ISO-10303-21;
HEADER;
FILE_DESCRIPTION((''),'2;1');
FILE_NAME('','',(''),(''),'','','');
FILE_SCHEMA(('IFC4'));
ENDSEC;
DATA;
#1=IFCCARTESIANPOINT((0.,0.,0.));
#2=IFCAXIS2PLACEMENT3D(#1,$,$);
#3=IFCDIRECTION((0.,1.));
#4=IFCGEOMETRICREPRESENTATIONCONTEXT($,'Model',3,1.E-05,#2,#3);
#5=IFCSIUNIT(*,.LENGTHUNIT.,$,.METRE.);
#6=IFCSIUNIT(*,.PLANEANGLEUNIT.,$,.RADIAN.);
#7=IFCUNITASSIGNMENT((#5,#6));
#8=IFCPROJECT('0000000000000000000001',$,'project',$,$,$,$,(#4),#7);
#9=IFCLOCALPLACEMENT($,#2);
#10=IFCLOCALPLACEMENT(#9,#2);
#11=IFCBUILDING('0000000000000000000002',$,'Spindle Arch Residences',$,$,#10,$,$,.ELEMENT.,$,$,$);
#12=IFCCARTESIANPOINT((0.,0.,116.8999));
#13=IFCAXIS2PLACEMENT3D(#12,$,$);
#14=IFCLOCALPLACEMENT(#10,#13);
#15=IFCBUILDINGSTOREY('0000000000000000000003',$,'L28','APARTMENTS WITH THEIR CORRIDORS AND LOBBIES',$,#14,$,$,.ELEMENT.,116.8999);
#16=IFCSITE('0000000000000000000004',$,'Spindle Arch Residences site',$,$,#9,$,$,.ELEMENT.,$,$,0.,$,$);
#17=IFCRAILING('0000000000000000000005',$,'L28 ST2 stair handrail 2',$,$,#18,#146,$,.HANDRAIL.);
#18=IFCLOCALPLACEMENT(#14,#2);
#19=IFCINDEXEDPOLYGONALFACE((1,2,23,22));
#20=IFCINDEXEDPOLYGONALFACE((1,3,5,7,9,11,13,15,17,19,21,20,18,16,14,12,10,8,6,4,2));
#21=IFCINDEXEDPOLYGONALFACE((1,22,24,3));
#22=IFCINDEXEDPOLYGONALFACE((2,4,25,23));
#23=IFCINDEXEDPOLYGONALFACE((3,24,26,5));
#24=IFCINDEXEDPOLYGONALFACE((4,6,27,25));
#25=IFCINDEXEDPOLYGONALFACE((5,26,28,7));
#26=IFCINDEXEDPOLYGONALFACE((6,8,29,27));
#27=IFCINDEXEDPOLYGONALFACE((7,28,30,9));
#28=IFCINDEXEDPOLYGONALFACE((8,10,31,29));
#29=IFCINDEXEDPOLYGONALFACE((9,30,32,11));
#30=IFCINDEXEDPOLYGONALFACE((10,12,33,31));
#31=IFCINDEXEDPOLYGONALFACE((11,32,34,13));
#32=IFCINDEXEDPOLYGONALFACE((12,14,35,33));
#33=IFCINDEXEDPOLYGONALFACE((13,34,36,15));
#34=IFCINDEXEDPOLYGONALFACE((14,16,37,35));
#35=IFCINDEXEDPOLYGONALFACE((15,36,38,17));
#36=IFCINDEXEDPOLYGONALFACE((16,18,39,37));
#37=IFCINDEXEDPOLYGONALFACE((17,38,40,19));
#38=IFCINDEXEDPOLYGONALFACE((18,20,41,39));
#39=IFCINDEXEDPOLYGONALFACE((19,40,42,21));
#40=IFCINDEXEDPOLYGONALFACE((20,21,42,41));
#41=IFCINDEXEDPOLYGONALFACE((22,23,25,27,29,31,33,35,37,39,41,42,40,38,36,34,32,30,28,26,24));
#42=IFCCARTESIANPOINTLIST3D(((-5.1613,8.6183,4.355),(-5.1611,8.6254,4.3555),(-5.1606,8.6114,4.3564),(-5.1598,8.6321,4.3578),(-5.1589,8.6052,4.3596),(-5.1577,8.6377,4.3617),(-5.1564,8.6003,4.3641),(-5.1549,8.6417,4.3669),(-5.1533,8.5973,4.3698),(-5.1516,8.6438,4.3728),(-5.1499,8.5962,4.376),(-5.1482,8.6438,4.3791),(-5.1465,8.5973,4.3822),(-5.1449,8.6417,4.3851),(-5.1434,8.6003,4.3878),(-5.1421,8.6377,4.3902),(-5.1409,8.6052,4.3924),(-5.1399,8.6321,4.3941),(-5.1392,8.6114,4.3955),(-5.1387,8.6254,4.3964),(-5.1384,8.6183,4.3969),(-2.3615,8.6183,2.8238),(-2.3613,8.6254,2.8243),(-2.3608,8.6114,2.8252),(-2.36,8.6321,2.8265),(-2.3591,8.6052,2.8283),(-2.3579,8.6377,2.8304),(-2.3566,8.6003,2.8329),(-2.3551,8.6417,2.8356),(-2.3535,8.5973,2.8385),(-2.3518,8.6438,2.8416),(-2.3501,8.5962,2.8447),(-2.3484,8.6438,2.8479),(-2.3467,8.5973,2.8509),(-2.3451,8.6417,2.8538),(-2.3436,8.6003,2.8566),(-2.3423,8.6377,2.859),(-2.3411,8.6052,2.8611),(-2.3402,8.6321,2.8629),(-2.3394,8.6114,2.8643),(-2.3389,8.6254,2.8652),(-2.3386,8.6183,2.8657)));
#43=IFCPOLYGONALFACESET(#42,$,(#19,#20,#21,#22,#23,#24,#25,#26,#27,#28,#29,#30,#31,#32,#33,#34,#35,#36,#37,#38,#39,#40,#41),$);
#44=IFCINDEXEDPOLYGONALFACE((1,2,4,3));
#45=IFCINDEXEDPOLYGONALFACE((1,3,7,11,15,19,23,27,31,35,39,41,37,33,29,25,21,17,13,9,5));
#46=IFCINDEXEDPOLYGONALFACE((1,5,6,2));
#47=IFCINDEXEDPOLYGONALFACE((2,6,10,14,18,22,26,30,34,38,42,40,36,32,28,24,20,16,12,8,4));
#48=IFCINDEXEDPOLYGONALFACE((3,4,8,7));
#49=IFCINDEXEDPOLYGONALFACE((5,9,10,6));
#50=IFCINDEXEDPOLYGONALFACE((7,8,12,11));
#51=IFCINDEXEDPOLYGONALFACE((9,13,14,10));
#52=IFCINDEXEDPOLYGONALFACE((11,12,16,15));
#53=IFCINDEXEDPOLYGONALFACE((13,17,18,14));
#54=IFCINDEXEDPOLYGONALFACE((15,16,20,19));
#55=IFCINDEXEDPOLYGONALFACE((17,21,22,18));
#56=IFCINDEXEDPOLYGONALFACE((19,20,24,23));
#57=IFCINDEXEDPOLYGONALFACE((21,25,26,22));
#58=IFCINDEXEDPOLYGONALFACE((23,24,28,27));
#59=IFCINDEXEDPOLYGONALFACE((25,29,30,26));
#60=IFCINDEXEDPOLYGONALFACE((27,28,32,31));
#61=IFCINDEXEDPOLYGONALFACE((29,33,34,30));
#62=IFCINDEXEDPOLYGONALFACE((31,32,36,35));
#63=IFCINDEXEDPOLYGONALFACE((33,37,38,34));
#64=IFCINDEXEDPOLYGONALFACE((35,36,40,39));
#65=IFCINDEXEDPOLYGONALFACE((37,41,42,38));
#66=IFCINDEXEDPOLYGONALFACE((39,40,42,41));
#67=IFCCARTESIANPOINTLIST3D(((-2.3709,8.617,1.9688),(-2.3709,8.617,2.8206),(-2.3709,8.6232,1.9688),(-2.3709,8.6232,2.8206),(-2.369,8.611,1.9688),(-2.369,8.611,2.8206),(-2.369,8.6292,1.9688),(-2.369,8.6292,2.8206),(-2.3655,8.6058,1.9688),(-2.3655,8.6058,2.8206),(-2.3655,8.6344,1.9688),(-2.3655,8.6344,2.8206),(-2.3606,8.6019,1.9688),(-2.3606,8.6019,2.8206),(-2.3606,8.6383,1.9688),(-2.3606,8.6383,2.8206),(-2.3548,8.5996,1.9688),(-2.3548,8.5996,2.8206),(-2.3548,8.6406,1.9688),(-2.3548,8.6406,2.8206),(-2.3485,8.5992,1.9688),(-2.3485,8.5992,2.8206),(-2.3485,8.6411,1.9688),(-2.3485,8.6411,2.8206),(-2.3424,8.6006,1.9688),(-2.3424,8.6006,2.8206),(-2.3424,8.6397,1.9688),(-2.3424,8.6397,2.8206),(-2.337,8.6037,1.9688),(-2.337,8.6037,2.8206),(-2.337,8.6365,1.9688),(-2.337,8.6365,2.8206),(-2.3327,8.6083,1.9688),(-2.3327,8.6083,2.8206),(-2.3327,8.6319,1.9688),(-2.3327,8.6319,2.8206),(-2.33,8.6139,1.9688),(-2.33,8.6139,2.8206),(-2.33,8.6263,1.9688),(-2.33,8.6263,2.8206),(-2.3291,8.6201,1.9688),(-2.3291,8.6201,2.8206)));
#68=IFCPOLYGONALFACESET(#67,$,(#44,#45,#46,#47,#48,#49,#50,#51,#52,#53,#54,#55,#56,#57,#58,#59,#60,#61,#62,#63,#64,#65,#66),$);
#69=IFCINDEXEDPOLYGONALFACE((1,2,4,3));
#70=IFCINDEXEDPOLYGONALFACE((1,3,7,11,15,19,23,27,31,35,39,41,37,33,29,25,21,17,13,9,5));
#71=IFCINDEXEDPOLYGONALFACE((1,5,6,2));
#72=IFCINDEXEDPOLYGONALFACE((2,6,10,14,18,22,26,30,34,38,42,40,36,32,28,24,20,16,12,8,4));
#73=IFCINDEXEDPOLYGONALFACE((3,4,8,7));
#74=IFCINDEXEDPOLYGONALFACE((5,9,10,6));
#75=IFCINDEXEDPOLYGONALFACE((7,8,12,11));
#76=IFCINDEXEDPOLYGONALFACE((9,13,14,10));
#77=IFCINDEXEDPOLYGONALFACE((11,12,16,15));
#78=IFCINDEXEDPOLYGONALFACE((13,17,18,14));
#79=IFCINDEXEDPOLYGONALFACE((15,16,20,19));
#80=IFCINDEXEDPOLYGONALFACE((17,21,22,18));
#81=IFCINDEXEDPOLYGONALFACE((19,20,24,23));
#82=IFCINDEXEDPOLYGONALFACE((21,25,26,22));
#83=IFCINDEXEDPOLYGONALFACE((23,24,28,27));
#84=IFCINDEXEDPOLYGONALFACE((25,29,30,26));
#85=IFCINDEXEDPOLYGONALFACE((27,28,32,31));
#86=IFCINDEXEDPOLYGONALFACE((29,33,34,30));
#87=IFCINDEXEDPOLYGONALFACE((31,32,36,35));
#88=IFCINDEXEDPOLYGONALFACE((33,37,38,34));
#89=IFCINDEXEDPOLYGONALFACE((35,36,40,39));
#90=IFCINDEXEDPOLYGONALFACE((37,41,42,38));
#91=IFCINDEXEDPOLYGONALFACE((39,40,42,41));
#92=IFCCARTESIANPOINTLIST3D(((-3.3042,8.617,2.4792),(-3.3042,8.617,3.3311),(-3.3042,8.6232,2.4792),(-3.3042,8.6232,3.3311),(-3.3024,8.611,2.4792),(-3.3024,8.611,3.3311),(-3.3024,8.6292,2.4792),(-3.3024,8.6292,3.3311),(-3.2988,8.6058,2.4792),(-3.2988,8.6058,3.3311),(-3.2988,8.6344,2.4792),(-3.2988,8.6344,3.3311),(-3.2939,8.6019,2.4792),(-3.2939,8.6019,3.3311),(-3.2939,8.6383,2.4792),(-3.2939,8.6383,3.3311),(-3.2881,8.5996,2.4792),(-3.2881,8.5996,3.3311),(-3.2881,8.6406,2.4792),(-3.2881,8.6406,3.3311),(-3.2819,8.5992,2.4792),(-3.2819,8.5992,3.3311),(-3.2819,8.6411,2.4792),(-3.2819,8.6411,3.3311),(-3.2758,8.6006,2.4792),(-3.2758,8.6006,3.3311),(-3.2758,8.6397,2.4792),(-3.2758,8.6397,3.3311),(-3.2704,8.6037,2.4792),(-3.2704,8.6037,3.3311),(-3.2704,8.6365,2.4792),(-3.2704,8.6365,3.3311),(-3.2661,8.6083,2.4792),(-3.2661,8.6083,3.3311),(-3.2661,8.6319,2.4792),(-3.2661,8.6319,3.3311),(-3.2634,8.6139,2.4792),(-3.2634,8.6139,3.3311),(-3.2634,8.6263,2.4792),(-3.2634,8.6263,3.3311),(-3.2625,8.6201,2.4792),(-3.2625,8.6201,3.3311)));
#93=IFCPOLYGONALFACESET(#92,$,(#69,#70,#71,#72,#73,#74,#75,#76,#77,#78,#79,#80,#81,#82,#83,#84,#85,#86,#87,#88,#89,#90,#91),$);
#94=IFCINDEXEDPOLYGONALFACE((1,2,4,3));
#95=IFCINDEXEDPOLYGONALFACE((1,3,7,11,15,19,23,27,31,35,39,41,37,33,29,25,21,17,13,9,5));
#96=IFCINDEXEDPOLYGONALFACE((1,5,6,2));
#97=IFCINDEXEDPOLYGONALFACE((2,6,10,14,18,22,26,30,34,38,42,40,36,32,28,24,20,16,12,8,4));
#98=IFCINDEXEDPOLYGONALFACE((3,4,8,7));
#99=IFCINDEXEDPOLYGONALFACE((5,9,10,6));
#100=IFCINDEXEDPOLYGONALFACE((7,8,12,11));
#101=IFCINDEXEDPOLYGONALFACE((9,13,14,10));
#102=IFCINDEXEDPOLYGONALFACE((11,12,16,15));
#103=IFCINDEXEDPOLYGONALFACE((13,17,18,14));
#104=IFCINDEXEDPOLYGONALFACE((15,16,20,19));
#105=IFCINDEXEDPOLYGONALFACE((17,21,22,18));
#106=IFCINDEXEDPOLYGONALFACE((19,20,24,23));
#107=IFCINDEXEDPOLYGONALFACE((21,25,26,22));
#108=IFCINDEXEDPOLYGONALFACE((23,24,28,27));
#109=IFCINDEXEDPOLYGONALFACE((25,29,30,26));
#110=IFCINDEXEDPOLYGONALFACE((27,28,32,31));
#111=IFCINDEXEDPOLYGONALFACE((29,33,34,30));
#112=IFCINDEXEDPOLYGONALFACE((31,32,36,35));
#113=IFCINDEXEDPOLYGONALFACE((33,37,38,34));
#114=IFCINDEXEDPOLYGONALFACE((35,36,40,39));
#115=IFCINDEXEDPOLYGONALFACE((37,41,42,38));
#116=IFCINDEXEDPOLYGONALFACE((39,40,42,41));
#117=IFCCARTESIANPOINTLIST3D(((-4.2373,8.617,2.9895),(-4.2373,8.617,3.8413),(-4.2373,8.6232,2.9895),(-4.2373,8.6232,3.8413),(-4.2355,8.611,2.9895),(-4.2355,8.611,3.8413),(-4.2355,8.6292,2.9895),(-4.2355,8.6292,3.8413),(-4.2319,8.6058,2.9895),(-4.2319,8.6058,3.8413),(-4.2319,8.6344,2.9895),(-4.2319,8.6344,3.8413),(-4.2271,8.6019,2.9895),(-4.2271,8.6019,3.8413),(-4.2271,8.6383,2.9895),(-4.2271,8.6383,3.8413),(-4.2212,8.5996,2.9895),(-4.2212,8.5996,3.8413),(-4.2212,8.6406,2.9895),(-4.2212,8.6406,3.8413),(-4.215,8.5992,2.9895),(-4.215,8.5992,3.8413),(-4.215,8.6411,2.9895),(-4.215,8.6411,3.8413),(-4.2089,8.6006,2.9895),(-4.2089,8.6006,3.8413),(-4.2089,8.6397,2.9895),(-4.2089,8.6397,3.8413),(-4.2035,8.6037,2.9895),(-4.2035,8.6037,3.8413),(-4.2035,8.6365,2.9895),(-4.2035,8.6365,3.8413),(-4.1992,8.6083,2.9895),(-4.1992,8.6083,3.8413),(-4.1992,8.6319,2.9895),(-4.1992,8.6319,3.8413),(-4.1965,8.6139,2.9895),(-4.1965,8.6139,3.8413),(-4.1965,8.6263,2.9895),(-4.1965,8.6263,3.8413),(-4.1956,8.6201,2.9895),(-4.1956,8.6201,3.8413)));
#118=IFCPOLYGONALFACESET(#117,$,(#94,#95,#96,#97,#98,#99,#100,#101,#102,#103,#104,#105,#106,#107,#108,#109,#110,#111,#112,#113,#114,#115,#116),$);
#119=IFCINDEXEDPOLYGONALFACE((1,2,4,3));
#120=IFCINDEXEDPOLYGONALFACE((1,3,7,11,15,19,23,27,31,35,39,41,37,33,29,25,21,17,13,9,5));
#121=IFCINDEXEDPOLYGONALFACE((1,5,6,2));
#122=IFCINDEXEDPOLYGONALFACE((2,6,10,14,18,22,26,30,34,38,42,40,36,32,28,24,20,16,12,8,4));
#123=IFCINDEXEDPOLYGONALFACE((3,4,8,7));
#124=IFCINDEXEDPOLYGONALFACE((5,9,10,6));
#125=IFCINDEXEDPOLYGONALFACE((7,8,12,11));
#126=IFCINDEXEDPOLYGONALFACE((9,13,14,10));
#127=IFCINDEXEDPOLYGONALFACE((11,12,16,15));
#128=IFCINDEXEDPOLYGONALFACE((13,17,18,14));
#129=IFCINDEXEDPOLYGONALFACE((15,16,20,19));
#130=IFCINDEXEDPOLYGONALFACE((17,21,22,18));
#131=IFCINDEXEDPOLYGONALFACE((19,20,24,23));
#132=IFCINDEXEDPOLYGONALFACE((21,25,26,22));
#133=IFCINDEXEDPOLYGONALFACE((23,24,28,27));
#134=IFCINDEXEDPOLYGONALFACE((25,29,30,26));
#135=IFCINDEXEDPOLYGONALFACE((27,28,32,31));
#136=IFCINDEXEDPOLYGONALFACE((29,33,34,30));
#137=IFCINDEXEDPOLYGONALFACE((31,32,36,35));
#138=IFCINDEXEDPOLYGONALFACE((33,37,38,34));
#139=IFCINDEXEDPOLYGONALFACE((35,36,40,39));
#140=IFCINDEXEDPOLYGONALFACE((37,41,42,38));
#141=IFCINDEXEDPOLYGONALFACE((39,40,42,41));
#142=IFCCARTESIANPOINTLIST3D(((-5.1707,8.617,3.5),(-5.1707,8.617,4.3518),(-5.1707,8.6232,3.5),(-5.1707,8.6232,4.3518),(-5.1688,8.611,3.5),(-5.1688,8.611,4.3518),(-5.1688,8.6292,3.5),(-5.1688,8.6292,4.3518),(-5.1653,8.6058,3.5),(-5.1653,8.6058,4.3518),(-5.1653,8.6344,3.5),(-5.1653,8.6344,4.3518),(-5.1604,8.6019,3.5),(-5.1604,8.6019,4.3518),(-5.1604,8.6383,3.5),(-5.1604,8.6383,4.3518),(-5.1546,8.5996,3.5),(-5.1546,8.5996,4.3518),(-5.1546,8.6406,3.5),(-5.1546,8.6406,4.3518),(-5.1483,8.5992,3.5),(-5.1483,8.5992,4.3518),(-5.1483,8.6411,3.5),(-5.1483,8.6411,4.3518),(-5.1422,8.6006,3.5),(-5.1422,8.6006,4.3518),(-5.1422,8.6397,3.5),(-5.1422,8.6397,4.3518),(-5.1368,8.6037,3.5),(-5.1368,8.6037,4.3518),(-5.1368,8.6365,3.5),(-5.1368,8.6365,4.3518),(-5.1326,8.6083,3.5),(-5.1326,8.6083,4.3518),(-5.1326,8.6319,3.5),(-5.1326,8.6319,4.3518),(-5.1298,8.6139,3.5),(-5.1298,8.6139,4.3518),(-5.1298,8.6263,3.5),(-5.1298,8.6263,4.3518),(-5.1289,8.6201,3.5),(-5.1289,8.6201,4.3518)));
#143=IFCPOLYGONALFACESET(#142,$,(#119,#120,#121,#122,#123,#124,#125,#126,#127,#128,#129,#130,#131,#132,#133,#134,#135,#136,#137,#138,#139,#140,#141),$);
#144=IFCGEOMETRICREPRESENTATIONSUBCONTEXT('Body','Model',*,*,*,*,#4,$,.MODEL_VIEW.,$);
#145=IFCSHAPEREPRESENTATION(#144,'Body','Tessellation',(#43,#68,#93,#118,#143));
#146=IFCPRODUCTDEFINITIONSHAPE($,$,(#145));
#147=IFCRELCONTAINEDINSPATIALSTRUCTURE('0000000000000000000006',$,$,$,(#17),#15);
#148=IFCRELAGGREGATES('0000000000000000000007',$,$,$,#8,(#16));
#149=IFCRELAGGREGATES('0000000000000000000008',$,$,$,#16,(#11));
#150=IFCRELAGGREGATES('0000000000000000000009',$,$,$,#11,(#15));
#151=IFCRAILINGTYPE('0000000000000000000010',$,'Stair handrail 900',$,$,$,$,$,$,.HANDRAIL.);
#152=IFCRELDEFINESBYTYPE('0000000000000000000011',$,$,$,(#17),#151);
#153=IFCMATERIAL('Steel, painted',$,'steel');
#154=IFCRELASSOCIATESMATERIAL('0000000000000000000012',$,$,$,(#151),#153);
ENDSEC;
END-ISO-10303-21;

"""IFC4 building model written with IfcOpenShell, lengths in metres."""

from ifc_helpers import new_model, si_unit, direction, frame, origin, origin_2d, place, context, subcontext, project, spatial, circle, extrude, material, type_object, element, save


model = new_model("IFC4")

# Units and contexts
model_context = context("Model", 3, precision=1e-05, world=origin(), true_north=direction((0.0, 1.0)))
body_context = subcontext(model_context, "Body", "Model", "MODEL_VIEW")
ifc_project = project(units=[si_unit("LENGTHUNIT", "METRE"), si_unit("PLANEANGLEUNIT", "RADIAN")], contexts=[model_context])

# Site, building, storey
site_placement = place(None, origin())
site = spatial("IfcSite", under=ifc_project, at=site_placement, Name="Spindle Arch Residences site", CompositionType="ELEMENT", RefElevation=0.0)
building_placement = place(site_placement, origin())
building = spatial("IfcBuilding", under=site, at=building_placement, Name="Spindle Arch Residences", CompositionType="ELEMENT")
storey_placement = place(building_placement, frame((0.0, 0.0, 116.8999)))
storey = spatial("IfcBuildingStorey", under=building, at=storey_placement, Name="L28", Description="APARTMENTS WITH THEIR CORRIDORS AND LOBBIES", CompositionType="ELEMENT", Elevation=116.8999)

# Railing
ifc_material_1 = material(Name="Steel, painted", Category="steel")
railing_type_1 = type_object("IfcRailingType", Name="Stair handrail 900", PredefinedType="HANDRAIL", material=ifc_material_1)
railing_1_placement = place(storey_placement, frame((-2.3501, 8.6201, 1.9688)))
element("IfcRailing", 1, at=railing_1_placement, inside=storey, type_object=railing_type_1, Name="L28 ST2 stair handrail 2", PredefinedType="HANDRAIL", context=body_context, shape_type="SweptSolid", body=[
    extrude(circle(Radius=0.0239, at=origin_2d()), frame((0.0, 0.0, 0.876), z_axis=(-0.877357, 0.0, 0.479838), x_axis=(0.0, -1.0, 0.0)), (0.0, 0.0, 1.0), 3.1912),
    extrude(circle(Radius=0.021, at=origin_2d()), origin(), (0.0, 0.0, 1.0), 0.8518),
    extrude(circle(Radius=0.021, at=origin_2d()), frame((-0.9333, 0.0, 0.5105)), (0.0, 0.0, 1.0), 0.8518),
    extrude(circle(Radius=0.021, at=origin_2d()), frame((-1.8665, 0.0, 1.0208)), (0.0, 0.0, 1.0), 0.8518),
    extrude(circle(Radius=0.021, at=origin_2d()), frame((-2.7998, 0.0, 1.5312)), (0.0, 0.0, 1.0), 0.8518),
])

save(model, "model.ifc")
